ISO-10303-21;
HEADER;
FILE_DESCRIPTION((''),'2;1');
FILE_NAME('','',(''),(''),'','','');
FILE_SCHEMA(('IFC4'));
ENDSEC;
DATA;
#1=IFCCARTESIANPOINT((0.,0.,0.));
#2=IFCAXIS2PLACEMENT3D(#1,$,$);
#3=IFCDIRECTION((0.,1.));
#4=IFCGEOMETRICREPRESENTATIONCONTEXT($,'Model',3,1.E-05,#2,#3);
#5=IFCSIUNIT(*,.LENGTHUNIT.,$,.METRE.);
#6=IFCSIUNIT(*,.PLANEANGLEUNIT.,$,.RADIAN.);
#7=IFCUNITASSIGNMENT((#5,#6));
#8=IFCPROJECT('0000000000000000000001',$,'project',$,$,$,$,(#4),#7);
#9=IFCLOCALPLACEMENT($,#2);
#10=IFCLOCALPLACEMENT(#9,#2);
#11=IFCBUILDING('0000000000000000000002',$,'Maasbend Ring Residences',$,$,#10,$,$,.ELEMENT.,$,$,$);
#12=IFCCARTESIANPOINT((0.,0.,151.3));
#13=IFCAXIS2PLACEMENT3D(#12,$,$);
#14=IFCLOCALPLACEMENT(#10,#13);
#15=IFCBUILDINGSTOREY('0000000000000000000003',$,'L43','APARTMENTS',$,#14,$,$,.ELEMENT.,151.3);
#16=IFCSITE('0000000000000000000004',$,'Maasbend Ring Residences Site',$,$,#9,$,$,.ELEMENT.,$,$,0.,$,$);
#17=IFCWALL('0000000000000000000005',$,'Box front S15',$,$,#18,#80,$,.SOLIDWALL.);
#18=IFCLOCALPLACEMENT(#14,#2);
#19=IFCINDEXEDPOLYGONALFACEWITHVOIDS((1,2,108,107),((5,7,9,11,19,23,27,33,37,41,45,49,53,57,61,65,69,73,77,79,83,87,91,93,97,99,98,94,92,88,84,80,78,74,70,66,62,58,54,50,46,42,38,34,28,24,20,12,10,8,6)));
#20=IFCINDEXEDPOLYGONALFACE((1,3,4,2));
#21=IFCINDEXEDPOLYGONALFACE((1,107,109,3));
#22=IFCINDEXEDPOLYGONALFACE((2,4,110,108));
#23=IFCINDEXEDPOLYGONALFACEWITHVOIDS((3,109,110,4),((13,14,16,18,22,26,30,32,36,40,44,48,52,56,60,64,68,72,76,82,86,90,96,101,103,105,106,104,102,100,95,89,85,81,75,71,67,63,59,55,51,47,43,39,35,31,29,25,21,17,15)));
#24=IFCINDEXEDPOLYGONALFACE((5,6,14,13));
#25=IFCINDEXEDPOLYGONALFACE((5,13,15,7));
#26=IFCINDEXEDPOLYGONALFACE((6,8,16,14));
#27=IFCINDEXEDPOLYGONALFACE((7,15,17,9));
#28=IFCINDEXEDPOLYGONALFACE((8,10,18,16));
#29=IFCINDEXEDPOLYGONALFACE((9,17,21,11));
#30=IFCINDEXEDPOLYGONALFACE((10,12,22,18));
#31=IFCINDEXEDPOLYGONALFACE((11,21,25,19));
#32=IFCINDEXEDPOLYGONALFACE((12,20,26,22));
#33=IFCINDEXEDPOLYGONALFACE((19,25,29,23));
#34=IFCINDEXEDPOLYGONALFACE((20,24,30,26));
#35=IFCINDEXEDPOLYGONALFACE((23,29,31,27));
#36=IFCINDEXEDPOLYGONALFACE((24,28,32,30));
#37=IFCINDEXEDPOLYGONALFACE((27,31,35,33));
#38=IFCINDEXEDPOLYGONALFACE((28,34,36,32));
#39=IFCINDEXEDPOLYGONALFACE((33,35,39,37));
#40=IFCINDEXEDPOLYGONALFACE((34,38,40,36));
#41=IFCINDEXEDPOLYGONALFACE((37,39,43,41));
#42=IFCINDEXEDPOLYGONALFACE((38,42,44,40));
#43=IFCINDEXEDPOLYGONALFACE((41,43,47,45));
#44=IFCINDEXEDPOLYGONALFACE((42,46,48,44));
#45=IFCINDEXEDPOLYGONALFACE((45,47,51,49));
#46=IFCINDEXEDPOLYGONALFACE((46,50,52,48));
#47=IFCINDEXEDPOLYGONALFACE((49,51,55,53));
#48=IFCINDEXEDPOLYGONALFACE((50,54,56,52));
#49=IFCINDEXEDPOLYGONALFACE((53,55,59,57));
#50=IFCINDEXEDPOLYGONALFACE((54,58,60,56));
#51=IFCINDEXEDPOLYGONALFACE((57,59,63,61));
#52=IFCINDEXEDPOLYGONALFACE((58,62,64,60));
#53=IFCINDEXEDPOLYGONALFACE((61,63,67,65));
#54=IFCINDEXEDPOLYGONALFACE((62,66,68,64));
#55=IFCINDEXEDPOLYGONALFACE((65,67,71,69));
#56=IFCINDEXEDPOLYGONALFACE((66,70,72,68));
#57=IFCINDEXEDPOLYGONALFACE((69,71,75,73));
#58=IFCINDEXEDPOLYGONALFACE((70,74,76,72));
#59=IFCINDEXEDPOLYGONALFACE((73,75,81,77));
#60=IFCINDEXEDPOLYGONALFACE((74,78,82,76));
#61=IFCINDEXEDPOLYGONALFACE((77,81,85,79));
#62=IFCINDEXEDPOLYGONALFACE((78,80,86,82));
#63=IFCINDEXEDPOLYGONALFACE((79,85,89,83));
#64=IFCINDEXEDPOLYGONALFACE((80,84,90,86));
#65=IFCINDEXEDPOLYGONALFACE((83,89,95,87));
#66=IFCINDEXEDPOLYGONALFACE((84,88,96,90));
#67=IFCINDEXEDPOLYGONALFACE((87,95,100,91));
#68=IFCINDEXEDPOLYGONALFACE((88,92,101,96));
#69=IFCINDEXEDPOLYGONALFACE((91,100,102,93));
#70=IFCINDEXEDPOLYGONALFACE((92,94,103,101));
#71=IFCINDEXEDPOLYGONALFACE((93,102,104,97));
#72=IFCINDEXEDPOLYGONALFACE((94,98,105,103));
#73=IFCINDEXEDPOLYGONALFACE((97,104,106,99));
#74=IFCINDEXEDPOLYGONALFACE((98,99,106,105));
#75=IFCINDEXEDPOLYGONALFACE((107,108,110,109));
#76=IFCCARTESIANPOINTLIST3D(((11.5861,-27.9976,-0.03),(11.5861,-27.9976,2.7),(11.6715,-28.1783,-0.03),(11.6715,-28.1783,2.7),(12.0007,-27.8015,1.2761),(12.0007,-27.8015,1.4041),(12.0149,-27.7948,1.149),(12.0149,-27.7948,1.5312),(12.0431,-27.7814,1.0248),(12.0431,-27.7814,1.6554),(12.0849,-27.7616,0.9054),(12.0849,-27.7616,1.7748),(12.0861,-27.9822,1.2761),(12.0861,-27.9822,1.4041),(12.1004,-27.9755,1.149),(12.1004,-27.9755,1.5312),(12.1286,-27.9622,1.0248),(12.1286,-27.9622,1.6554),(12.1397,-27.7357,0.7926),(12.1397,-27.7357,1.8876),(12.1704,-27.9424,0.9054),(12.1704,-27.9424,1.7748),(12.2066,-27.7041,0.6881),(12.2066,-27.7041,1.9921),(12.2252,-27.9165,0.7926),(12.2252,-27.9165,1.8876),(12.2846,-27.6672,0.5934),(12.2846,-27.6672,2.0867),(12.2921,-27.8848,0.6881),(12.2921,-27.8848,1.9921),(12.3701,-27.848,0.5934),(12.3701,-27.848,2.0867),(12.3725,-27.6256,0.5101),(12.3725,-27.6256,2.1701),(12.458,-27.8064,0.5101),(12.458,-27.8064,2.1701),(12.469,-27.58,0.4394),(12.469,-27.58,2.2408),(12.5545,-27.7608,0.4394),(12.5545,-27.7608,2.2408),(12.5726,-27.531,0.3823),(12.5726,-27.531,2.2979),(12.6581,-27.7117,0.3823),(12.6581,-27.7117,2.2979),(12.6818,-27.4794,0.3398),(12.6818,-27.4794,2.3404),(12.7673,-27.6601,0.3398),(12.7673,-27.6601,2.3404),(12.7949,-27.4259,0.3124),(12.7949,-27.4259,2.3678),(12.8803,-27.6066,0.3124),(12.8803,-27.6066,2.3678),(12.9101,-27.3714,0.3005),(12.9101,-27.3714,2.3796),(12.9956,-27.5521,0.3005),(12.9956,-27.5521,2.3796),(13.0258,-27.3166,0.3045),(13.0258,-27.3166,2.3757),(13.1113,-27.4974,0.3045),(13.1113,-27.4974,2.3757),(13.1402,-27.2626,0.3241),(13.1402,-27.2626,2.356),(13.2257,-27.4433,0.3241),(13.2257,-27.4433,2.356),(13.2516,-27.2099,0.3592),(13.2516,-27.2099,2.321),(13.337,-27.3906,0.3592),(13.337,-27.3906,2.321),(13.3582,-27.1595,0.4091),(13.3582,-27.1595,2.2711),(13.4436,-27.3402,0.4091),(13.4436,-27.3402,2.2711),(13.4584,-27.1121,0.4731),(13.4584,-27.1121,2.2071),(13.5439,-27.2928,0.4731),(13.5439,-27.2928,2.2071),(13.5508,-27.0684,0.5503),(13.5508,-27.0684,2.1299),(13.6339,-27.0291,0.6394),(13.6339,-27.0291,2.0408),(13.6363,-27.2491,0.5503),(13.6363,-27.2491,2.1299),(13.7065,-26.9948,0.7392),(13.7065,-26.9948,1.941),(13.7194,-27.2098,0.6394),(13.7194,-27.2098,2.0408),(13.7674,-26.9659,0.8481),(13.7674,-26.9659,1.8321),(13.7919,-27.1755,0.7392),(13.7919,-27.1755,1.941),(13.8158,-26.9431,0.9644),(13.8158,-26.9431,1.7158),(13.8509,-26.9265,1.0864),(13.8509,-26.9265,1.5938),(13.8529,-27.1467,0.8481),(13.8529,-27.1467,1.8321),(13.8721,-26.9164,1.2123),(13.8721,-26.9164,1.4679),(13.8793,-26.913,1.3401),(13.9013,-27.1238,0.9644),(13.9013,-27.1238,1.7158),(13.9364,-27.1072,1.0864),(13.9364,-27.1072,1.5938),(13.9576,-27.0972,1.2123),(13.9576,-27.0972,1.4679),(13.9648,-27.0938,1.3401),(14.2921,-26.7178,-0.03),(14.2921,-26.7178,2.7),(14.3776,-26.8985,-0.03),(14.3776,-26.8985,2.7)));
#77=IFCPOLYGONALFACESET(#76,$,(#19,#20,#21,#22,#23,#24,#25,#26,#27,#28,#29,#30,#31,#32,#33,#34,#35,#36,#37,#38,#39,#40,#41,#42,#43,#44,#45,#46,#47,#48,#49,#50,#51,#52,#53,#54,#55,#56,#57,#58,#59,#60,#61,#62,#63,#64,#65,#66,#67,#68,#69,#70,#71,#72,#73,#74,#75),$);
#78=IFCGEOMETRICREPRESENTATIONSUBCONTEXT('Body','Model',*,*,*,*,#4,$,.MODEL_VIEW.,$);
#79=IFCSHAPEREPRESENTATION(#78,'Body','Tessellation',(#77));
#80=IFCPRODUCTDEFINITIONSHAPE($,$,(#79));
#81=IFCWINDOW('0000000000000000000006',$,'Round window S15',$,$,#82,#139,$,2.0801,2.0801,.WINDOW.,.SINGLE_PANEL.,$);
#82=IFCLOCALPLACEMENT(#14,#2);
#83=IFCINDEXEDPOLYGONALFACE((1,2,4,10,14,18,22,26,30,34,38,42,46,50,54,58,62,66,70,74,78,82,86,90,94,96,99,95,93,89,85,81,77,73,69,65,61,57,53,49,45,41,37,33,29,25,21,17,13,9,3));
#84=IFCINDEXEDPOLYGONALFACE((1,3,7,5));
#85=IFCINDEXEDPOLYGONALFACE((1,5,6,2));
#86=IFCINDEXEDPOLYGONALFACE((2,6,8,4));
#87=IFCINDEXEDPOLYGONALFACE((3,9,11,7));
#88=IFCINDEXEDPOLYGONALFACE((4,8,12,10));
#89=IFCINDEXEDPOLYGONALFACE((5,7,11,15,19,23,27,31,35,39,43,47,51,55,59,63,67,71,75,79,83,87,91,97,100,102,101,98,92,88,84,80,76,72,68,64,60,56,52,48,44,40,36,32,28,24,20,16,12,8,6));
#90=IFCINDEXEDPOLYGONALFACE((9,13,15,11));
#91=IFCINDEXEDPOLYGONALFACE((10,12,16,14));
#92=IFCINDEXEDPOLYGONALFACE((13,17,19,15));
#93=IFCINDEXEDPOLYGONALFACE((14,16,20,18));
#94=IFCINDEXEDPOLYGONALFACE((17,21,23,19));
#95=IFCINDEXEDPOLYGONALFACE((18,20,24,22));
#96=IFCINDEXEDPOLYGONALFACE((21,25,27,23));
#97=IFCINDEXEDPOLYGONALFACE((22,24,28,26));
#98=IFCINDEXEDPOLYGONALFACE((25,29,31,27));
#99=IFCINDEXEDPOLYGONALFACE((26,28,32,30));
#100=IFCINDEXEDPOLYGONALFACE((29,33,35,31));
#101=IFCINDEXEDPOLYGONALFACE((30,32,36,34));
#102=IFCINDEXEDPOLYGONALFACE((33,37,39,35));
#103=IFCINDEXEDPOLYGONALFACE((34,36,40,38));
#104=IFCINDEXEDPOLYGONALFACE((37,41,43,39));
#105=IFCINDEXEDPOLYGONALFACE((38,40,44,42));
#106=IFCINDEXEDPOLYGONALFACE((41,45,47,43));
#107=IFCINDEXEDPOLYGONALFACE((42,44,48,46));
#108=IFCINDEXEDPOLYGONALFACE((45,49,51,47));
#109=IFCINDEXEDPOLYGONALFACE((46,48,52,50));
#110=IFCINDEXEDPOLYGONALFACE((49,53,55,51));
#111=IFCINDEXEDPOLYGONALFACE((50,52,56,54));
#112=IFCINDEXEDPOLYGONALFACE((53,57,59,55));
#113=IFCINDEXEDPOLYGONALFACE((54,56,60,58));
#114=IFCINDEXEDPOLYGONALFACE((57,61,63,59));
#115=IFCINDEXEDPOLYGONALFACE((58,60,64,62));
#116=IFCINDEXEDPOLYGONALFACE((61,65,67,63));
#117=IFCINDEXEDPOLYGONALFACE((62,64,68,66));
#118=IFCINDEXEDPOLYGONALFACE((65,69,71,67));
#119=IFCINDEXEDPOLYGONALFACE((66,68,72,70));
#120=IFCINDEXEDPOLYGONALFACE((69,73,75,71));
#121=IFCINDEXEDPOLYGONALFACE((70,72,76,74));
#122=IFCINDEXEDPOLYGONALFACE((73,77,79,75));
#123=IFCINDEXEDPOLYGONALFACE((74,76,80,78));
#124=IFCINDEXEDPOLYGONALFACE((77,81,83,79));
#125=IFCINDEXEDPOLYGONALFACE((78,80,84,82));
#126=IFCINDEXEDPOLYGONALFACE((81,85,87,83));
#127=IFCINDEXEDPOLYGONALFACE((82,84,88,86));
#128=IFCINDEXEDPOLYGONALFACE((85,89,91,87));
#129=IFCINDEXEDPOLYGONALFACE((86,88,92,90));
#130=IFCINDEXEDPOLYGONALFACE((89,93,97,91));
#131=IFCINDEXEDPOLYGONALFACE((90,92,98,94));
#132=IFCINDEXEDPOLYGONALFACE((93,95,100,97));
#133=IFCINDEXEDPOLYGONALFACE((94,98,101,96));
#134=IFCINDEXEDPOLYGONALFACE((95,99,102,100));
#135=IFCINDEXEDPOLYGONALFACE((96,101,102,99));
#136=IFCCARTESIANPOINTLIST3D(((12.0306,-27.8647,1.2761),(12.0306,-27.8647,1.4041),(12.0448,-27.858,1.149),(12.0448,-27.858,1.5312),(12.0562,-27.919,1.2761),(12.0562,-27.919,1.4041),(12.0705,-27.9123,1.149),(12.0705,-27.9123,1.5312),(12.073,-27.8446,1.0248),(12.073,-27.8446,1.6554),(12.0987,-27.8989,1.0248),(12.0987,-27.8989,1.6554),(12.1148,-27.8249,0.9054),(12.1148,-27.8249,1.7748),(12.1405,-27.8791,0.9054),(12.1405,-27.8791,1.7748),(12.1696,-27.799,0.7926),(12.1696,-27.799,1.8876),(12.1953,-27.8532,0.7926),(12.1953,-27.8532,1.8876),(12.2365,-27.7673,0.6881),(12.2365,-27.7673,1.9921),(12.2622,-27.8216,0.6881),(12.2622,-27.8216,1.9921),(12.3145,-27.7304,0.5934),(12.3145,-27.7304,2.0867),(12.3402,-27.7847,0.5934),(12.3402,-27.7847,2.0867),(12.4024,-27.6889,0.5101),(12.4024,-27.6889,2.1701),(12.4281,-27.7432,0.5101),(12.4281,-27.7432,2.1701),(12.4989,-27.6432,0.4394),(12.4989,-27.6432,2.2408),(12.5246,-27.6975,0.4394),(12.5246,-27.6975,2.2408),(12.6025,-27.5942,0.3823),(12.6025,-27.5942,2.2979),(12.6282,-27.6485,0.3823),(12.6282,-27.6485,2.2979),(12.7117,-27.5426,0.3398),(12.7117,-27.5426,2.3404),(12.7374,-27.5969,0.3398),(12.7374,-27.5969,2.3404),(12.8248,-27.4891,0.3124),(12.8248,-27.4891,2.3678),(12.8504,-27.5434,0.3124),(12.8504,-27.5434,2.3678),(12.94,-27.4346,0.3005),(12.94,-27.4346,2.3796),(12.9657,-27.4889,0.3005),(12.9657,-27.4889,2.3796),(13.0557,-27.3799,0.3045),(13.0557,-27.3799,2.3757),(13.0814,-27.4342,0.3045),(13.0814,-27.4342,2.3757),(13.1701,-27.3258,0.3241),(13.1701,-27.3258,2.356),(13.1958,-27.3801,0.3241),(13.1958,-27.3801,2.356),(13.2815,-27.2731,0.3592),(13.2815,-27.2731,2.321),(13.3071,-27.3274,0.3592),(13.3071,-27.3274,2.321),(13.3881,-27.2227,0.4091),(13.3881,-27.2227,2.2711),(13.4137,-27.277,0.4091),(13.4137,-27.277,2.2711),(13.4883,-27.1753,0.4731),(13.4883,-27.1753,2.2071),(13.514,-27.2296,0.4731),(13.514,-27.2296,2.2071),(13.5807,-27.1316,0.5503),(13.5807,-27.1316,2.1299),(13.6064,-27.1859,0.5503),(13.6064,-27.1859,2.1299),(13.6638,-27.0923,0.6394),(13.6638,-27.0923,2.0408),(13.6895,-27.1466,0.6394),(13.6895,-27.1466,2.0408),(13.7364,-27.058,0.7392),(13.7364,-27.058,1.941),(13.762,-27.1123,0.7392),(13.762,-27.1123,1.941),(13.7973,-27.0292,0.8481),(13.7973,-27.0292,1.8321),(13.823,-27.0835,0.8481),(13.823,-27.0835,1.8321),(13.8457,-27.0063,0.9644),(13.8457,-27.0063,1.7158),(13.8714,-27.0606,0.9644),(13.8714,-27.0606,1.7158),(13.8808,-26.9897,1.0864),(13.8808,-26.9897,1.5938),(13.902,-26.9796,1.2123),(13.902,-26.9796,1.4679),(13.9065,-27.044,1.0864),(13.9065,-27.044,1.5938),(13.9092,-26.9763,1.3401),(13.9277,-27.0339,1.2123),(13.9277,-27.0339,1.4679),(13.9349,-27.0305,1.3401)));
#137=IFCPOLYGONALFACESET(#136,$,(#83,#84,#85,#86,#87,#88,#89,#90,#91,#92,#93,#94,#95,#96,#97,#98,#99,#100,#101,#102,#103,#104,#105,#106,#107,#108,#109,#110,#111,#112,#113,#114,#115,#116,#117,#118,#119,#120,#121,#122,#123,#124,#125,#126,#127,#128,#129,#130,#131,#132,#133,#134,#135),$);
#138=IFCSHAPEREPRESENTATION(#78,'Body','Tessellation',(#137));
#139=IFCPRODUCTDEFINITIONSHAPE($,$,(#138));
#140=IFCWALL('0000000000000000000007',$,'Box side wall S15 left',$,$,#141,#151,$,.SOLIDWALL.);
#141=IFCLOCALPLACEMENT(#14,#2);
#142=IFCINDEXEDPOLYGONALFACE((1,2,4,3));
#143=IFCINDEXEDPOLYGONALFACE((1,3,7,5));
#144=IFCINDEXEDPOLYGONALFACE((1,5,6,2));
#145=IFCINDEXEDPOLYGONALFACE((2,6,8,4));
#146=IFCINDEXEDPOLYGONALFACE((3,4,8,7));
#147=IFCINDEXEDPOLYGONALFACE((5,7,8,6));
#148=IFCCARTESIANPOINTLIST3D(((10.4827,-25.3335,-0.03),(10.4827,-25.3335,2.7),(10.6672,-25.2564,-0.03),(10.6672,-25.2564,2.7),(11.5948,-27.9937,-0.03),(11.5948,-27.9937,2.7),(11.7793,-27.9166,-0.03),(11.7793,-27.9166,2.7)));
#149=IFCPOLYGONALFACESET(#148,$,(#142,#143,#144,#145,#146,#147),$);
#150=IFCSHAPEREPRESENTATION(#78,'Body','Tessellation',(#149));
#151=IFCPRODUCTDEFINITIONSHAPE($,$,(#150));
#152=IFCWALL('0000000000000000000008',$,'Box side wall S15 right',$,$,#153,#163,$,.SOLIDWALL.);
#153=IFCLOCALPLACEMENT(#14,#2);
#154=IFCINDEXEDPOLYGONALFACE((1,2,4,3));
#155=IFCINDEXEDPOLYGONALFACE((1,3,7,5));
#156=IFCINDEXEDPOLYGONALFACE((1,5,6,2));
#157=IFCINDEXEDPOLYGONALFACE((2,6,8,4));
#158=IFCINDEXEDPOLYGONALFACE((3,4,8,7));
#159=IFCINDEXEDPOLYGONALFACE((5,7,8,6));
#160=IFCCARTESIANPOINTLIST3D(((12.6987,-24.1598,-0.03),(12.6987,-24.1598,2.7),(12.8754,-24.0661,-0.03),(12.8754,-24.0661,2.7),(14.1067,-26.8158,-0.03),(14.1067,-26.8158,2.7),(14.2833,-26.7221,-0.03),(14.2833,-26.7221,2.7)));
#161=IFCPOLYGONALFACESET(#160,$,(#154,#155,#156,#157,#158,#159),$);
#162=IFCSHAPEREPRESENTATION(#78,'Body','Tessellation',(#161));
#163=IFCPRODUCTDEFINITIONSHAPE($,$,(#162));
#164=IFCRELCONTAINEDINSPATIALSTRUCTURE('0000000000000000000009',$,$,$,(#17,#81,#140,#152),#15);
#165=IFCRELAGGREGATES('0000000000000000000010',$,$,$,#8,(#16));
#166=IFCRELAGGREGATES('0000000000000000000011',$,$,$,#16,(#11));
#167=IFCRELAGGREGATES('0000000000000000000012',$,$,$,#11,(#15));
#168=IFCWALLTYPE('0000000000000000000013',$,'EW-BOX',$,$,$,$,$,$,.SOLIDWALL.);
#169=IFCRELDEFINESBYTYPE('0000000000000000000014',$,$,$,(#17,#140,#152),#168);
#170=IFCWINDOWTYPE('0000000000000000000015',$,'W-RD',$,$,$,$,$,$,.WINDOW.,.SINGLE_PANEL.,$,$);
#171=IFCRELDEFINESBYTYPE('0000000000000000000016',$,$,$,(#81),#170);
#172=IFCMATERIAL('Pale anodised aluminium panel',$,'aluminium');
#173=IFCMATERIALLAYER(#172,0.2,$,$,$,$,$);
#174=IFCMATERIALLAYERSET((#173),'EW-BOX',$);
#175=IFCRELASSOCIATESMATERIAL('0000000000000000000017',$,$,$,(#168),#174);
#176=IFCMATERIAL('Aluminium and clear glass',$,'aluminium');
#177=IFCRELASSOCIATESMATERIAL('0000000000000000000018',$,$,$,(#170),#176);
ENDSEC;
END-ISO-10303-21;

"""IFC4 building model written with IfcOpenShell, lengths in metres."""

from ifc_helpers import new_model, si_unit, direction, frame, frame_2d, origin, place, context, subcontext, project, spatial, rectangle, circle, extrude, material, layer, layer_set, type_object, element, fill, save


model = new_model("IFC4")

# Units and contexts
model_context = context("Model", 3, precision=1e-05, world=origin(), true_north=direction((0.0, 1.0)))
body_context = subcontext(model_context, "Body", "Model", "MODEL_VIEW")
ifc_project = project(units=[si_unit("LENGTHUNIT", "METRE"), si_unit("PLANEANGLEUNIT", "RADIAN")], contexts=[model_context])

# Site, building, storey
site_placement = place(None, origin())
site = spatial("IfcSite", under=ifc_project, at=site_placement, Name="Maasbend Ring Residences Site", CompositionType="ELEMENT", RefElevation=0.0)
building_placement = place(site_placement, origin())
building = spatial("IfcBuilding", under=site, at=building_placement, Name="Maasbend Ring Residences", CompositionType="ELEMENT")
storey_placement = place(building_placement, frame((0.0, 0.0, 151.3)))
storey = spatial("IfcBuildingStorey", under=building, at=storey_placement, Name="L43", Description="APARTMENTS", CompositionType="ELEMENT", Elevation=151.3)

# Wall, opening, window
ifc_material_1 = material(Name="Pale anodised aluminium panel", Category="aluminium")
ifc_layer_1 = layer(ifc_material_1, 0.2)
ifc_layer_set_1 = layer_set([ifc_layer_1], Name="EW-BOX")
wall_type_1 = type_object("IfcWallType", Name="EW-BOX", PredefinedType="SOLIDWALL", material=ifc_layer_set_1)
wall_1_placement = place(storey_placement, frame((11.6289, -28.0879, -0.03), z_axis=(0.0, 0.0, 1.0), x_axis=(0.904, 0.427532, 0.0)))
wall_1 = element("IfcWall", 1, at=wall_1_placement, inside=storey, type_object=wall_type_1, Name="Box front S15", PredefinedType="SOLIDWALL", context=body_context, shape_type="SweptSolid", body=[
    extrude(rectangle(XDim=2.9934, YDim=0.2, at=frame_2d((1.4966, 0.0))), origin(), (0.0, 0.0, 1.0), 2.73),
])
opening_1_placement = place(wall_1_placement, frame((0.4565, 0.0, 0.3301)))
opening_1 = element("IfcOpeningElement", 2, at=opening_1_placement, cuts=wall_1, PredefinedType="OPENING", context=body_context, shape_type="SweptSolid", body=[
    extrude(circle(Radius=1.04, at=frame_2d((1.04, 1.04))), frame((0.0, 0.1099, 0.0), z_axis=(0.0, -1.0, 0.0), x_axis=(1.0, 0.0, 0.0)), (0.0, 0.0, 1.0), 0.22),
])
ifc_material_2 = material(Name="Aluminium and clear glass", Category="aluminium")
window_type_1 = type_object("IfcWindowType", Name="W-RD", PartitioningType="SINGLE_PANEL", PredefinedType="WINDOW", material=ifc_material_2)
window_1_placement = place(opening_1_placement, origin())
window_1 = element("IfcWindow", 3, at=window_1_placement, inside=storey, type_object=window_type_1, Name="Round window S15", OverallHeight=2.0801, OverallWidth=2.0801, PartitioningType="SINGLE_PANEL", PredefinedType="WINDOW", context=body_context, shape_type="SweptSolid", body=[
    extrude(circle(Radius=1.04, at=frame_2d((1.04, 1.04))), frame((0.0, 0.03, 0.0), z_axis=(0.0, -1.0, 0.0), x_axis=(1.0, 0.0, 0.0)), (0.0, 0.0, 1.0), 0.0601),
])
fill(opening_1, window_1)

# Walls
wall_2_placement = place(storey_placement, frame((10.575, -25.2949, -0.03), z_axis=(0.0, 0.0, 1.0), x_axis=(0.385697, -0.922625, 0.0)))
element("IfcWall", 4, at=wall_2_placement, inside=storey, type_object=wall_type_1, Name="Box side wall S15 left", PredefinedType="SOLIDWALL", context=body_context, shape_type="SweptSolid", body=[
    extrude(rectangle(XDim=2.8833, YDim=0.2, at=frame_2d((1.4417, 0.0))), origin(), (0.0, 0.0, 1.0), 2.73),
])
wall_3_placement = place(storey_placement, frame((12.7871, -24.113, -0.03), z_axis=(0.0, 0.0, 1.0), x_axis=(0.468365, -0.883535, 0.0)))
element("IfcWall", 5, at=wall_3_placement, inside=storey, type_object=wall_type_1, Name="Box side wall S15 right", PredefinedType="SOLIDWALL", context=body_context, shape_type="SweptSolid", body=[
    extrude(rectangle(XDim=3.0061, YDim=0.2, at=frame_2d((1.5029, 0.0))), origin(), (0.0, 0.0, 1.0), 2.73),
])

save(model, "model.ifc")
